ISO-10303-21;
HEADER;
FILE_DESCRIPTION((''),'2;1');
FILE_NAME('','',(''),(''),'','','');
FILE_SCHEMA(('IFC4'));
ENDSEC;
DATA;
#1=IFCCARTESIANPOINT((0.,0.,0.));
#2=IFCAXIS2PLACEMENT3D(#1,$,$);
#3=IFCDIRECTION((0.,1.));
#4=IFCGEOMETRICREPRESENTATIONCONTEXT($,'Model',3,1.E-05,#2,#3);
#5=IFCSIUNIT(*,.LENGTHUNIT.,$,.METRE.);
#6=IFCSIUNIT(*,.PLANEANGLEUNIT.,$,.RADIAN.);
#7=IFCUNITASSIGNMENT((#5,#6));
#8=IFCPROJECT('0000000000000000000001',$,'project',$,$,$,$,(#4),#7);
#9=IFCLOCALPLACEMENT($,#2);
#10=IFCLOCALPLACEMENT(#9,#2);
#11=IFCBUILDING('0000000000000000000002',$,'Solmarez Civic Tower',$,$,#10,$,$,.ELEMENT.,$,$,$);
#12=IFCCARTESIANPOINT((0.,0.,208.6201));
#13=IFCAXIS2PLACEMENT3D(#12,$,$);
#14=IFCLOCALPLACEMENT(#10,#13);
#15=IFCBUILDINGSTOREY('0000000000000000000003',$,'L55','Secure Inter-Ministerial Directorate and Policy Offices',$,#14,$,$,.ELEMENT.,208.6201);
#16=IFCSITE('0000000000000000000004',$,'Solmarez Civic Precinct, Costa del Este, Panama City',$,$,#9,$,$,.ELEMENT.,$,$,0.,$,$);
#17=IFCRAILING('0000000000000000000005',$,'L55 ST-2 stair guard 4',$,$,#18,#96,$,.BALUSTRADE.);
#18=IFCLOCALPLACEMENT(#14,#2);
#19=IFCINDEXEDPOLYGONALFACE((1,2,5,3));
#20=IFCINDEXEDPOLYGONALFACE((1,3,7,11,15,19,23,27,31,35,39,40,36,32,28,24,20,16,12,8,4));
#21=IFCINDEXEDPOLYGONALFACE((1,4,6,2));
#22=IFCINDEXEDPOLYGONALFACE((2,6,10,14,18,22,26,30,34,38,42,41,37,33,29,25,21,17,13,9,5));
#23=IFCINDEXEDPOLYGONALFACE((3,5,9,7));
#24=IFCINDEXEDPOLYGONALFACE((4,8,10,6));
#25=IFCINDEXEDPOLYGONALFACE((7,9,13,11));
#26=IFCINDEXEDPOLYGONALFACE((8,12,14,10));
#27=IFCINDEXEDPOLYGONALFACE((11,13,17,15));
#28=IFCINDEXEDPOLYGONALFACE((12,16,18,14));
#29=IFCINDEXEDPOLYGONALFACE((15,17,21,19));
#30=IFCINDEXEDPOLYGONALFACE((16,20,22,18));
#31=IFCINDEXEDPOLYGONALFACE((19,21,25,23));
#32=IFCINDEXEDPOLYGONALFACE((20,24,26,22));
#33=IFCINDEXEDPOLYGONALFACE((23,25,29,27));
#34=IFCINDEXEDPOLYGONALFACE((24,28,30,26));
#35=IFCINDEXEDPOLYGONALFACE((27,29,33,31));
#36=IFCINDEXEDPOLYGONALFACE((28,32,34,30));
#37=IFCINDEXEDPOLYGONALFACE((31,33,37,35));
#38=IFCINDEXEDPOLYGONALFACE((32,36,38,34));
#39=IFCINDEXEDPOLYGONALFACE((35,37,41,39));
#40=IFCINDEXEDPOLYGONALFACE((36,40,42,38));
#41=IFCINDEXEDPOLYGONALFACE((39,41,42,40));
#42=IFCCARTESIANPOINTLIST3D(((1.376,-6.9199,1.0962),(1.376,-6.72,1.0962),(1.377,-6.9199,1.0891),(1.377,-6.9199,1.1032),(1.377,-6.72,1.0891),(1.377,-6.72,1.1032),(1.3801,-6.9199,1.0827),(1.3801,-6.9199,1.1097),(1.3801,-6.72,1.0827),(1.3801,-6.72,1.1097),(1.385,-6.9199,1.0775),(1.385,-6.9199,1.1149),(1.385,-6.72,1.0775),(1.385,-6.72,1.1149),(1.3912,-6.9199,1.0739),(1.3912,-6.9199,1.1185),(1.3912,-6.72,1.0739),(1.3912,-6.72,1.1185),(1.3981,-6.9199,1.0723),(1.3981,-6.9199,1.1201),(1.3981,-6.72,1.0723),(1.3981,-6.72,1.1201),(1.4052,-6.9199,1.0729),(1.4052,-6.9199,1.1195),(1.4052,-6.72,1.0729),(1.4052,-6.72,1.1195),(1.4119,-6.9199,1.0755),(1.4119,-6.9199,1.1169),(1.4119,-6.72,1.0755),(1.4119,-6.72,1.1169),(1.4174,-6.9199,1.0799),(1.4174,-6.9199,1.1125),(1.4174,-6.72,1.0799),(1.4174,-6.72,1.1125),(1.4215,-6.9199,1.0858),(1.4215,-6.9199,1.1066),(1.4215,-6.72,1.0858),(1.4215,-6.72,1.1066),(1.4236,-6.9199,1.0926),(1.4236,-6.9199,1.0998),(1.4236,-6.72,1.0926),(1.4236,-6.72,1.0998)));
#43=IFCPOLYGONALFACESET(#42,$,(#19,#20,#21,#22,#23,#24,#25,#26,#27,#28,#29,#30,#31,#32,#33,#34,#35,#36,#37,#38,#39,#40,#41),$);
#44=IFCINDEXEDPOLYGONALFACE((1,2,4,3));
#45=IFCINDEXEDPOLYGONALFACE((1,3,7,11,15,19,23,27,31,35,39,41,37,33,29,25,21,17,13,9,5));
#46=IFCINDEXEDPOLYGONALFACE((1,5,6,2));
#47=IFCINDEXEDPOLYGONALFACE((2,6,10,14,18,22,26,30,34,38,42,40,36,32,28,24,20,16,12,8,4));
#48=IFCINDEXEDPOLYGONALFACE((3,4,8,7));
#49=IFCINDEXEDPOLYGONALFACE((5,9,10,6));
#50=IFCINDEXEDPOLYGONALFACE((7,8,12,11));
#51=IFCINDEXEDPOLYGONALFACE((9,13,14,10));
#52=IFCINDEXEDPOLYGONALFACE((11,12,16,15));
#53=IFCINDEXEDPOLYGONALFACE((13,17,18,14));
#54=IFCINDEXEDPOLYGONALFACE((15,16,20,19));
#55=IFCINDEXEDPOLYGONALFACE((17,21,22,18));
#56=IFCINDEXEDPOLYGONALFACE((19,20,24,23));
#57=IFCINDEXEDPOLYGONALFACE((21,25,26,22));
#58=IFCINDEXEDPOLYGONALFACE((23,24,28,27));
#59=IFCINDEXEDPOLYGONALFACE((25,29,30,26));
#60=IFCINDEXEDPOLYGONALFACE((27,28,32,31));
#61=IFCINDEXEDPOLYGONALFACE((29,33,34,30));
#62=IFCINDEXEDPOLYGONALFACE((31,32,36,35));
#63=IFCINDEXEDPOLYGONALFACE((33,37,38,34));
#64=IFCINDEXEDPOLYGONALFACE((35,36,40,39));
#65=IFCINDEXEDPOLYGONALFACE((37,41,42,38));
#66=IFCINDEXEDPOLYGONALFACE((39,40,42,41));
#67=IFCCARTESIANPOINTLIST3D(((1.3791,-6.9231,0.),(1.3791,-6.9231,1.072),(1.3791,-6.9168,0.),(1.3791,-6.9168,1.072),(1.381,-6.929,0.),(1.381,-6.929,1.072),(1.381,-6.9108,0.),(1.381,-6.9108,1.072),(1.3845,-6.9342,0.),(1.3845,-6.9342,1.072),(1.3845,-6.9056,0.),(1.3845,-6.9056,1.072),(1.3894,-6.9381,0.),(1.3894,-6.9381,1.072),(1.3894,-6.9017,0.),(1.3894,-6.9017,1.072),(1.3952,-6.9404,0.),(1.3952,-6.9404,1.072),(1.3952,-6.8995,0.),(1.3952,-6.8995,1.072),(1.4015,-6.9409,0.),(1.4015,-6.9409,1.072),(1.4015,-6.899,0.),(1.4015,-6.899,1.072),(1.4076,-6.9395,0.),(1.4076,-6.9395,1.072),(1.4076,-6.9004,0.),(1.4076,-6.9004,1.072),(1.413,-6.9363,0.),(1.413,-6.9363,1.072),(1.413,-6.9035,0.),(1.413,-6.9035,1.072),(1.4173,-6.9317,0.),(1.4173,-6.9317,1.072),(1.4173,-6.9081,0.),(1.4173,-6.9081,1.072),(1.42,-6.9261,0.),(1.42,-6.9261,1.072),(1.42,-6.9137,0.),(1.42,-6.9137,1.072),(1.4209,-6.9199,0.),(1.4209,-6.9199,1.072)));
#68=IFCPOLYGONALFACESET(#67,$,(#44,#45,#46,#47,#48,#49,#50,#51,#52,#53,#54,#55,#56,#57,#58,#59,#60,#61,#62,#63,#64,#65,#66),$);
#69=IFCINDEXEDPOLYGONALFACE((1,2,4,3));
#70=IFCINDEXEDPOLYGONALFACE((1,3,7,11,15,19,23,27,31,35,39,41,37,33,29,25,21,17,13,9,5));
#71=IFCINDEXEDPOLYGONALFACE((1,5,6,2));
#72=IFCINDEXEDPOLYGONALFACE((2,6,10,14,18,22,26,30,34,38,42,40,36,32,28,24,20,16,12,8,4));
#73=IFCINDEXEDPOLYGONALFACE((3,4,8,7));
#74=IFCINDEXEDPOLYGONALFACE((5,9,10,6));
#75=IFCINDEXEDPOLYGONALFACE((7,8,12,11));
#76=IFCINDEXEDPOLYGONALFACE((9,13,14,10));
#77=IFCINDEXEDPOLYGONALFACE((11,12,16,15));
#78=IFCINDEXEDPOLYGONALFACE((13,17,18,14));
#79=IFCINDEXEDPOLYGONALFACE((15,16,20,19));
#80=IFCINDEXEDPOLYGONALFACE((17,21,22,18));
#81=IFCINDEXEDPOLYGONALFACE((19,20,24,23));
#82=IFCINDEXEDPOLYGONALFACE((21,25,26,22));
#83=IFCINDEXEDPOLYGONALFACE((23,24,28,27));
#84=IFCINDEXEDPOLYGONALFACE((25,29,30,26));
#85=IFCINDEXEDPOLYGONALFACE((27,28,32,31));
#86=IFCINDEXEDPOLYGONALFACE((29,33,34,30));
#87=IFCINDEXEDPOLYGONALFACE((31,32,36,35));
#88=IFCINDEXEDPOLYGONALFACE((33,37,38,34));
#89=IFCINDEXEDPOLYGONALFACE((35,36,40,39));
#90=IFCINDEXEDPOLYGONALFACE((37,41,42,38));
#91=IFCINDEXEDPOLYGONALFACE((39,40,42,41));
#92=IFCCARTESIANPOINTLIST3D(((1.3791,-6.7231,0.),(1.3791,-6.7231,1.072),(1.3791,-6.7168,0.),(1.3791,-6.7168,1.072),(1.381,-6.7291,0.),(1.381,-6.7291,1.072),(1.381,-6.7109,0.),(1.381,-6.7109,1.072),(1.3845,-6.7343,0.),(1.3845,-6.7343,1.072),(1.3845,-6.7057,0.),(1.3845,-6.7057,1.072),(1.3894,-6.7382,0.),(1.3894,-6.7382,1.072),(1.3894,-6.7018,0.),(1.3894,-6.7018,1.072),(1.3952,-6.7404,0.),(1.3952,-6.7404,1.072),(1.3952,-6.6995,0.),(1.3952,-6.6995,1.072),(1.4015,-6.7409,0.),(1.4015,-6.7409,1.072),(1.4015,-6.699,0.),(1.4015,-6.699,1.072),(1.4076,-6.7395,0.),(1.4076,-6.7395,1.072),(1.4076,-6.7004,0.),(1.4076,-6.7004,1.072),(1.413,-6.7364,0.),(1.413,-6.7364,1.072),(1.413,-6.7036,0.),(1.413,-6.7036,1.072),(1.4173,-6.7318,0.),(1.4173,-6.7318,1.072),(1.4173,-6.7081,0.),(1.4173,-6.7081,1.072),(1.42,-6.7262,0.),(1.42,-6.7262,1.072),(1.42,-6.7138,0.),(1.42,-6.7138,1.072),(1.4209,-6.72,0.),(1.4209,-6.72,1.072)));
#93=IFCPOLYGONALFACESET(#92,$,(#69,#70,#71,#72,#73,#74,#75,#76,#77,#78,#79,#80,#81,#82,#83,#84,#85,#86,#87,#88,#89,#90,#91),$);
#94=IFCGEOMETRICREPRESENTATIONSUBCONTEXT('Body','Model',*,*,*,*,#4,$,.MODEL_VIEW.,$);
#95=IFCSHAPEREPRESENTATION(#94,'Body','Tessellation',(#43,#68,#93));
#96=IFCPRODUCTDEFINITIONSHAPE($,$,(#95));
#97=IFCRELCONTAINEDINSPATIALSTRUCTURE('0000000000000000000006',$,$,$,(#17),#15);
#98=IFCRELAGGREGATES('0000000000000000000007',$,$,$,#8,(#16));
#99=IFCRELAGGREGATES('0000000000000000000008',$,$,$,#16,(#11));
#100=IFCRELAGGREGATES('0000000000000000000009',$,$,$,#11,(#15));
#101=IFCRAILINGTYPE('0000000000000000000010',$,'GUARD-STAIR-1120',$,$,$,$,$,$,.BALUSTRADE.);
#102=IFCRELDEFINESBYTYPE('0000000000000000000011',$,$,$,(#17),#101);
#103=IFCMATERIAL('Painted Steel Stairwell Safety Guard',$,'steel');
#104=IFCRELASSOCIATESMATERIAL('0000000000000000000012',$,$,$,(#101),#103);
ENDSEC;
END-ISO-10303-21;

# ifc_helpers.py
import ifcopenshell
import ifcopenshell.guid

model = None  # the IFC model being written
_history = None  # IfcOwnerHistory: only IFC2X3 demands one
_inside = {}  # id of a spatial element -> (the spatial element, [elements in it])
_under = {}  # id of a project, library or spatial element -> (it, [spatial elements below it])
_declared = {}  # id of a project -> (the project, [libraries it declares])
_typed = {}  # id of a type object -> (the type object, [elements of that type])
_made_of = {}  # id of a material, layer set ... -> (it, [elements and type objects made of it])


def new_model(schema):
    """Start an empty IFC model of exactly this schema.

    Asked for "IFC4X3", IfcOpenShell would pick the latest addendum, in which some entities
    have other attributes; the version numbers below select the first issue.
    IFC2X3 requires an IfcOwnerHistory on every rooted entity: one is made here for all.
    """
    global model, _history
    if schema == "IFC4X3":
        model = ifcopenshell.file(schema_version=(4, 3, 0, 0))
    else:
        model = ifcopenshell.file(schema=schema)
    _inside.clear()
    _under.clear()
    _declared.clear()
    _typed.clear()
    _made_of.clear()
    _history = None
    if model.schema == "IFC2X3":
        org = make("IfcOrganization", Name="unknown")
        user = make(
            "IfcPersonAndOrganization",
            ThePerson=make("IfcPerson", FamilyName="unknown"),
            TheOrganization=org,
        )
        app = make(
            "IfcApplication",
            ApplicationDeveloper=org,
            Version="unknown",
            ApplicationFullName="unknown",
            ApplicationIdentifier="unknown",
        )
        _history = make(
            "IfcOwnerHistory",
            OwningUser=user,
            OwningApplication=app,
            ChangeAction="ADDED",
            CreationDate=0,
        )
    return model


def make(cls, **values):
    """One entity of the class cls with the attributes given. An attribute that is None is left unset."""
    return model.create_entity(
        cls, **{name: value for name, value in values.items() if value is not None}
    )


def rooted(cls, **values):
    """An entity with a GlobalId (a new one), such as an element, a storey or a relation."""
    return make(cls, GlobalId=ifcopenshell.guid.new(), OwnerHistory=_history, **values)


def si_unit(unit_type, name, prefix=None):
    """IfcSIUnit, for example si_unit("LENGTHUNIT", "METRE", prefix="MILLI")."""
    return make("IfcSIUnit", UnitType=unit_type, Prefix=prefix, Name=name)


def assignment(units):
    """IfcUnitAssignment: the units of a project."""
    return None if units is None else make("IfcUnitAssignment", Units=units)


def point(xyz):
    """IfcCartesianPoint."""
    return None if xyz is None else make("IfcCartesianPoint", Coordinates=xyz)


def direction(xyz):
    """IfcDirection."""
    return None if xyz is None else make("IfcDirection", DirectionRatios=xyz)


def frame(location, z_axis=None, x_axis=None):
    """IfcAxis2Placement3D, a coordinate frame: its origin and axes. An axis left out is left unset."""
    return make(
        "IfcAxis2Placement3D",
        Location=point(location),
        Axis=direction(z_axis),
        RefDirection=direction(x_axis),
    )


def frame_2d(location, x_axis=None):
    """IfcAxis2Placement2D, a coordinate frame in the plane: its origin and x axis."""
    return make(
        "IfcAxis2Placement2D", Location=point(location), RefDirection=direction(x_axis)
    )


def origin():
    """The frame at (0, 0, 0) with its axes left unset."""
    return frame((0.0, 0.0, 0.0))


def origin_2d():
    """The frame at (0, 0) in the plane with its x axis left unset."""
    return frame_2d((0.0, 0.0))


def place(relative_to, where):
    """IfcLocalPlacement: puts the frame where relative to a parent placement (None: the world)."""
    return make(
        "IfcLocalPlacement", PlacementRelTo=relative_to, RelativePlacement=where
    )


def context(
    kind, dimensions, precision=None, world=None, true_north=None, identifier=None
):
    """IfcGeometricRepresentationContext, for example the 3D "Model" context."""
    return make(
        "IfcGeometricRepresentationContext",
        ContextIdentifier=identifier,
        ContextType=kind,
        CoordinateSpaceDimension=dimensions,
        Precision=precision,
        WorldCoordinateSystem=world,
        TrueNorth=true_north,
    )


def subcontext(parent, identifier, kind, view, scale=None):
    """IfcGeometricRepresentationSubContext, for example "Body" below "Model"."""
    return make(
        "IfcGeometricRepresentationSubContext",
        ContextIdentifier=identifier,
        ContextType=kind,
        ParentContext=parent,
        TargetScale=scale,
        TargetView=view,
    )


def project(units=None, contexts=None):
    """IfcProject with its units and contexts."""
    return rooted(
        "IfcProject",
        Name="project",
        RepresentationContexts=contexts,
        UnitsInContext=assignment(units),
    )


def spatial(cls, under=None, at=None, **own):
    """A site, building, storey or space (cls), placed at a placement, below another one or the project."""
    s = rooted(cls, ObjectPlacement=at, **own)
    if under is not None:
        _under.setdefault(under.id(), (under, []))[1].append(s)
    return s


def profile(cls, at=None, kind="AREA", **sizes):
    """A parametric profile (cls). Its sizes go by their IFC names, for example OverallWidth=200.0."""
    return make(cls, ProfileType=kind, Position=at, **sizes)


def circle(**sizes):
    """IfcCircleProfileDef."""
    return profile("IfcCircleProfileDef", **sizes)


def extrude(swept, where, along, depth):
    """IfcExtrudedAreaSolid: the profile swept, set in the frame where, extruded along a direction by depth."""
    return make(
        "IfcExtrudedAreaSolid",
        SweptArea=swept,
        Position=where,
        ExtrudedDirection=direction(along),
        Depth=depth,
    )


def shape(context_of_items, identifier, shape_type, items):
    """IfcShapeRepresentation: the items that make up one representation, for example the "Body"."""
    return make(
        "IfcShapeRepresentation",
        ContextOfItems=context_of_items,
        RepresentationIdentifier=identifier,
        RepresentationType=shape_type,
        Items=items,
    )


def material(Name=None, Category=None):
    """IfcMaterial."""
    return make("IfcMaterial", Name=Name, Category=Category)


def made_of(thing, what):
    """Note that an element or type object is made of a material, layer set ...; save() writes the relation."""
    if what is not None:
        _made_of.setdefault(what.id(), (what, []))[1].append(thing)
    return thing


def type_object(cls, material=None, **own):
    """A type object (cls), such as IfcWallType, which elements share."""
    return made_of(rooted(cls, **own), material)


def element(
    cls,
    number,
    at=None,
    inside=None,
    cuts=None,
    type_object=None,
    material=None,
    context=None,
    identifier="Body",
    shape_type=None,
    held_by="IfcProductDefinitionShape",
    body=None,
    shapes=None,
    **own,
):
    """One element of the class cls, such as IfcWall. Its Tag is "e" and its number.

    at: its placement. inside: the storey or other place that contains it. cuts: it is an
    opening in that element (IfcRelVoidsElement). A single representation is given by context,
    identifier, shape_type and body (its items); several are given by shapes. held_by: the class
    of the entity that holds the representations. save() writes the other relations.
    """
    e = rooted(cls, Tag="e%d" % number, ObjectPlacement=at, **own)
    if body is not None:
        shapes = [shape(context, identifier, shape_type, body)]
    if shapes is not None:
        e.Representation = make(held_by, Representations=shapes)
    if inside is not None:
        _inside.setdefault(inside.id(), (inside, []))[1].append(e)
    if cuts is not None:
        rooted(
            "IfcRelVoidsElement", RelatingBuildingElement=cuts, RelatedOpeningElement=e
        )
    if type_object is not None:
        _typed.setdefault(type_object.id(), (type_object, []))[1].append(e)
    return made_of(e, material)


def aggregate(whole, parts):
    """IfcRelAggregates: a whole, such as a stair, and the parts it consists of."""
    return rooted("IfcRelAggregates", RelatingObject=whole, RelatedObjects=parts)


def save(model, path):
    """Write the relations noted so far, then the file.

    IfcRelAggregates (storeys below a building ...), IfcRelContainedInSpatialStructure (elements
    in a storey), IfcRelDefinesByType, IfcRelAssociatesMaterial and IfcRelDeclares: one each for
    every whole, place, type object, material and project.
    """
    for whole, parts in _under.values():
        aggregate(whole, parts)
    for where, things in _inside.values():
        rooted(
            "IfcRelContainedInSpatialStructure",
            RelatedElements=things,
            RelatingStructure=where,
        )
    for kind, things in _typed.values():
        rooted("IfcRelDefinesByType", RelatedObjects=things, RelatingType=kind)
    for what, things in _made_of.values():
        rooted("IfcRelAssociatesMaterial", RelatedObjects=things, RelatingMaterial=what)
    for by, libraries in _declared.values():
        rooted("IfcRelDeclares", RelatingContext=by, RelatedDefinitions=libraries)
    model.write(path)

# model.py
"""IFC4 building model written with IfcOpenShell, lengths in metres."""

from ifc_helpers import new_model, si_unit, direction, frame, origin, origin_2d, place, context, subcontext, project, spatial, circle, extrude, material, type_object, element, save


model = new_model("IFC4")

# Units and contexts
model_context = context("Model", 3, precision=1e-05, world=origin(), true_north=direction((0.0, 1.0)))
body_context = subcontext(model_context, "Body", "Model", "MODEL_VIEW")
ifc_project = project(units=[si_unit("LENGTHUNIT", "METRE"), si_unit("PLANEANGLEUNIT", "RADIAN")], contexts=[model_context])

# Site, building, storey
site_placement = place(None, origin())
site = spatial("IfcSite", under=ifc_project, at=site_placement, Name="Solmarez Civic Precinct, Costa del Este, Panama City", CompositionType="ELEMENT", RefElevation=0.0)
building_placement = place(site_placement, origin())
building = spatial("IfcBuilding", under=site, at=building_placement, Name="Solmarez Civic Tower", CompositionType="ELEMENT")
storey_placement = place(building_placement, frame((0.0, 0.0, 208.6201)))
storey = spatial("IfcBuildingStorey", under=building, at=storey_placement, Name="L55", Description="Secure Inter-Ministerial Directorate and Policy Offices", CompositionType="ELEMENT", Elevation=208.6201)

# Railing
ifc_material_1 = material(Name="Painted Steel Stairwell Safety Guard", Category="steel")
railing_type_1 = type_object("IfcRailingType", Name="GUARD-STAIR-1120", PredefinedType="BALUSTRADE", material=ifc_material_1)
railing_1_placement = place(storey_placement, frame((1.3999, -6.9199, 0.0)))
element("IfcRailing", 1, at=railing_1_placement, inside=storey, type_object=railing_type_1, Name="L55 ST-2 stair guard 4", PredefinedType="BALUSTRADE", context=body_context, shape_type="SweptSolid", body=[
    extrude(circle(Radius=0.0239, at=origin_2d()), frame((0.0, 0.0, 1.0962), z_axis=(0.0, 1.0, 0.0), x_axis=(-1.0, 0.0, 0.0)), (0.0, 0.0, 1.0), 0.2),
    extrude(circle(Radius=0.021, at=origin_2d()), origin(), (0.0, 0.0, 1.0), 1.072),
    extrude(circle(Radius=0.021, at=origin_2d()), frame((0.0, 0.2, 0.0)), (0.0, 0.0, 1.0), 1.072),
])

save(model, "model.ifc")
